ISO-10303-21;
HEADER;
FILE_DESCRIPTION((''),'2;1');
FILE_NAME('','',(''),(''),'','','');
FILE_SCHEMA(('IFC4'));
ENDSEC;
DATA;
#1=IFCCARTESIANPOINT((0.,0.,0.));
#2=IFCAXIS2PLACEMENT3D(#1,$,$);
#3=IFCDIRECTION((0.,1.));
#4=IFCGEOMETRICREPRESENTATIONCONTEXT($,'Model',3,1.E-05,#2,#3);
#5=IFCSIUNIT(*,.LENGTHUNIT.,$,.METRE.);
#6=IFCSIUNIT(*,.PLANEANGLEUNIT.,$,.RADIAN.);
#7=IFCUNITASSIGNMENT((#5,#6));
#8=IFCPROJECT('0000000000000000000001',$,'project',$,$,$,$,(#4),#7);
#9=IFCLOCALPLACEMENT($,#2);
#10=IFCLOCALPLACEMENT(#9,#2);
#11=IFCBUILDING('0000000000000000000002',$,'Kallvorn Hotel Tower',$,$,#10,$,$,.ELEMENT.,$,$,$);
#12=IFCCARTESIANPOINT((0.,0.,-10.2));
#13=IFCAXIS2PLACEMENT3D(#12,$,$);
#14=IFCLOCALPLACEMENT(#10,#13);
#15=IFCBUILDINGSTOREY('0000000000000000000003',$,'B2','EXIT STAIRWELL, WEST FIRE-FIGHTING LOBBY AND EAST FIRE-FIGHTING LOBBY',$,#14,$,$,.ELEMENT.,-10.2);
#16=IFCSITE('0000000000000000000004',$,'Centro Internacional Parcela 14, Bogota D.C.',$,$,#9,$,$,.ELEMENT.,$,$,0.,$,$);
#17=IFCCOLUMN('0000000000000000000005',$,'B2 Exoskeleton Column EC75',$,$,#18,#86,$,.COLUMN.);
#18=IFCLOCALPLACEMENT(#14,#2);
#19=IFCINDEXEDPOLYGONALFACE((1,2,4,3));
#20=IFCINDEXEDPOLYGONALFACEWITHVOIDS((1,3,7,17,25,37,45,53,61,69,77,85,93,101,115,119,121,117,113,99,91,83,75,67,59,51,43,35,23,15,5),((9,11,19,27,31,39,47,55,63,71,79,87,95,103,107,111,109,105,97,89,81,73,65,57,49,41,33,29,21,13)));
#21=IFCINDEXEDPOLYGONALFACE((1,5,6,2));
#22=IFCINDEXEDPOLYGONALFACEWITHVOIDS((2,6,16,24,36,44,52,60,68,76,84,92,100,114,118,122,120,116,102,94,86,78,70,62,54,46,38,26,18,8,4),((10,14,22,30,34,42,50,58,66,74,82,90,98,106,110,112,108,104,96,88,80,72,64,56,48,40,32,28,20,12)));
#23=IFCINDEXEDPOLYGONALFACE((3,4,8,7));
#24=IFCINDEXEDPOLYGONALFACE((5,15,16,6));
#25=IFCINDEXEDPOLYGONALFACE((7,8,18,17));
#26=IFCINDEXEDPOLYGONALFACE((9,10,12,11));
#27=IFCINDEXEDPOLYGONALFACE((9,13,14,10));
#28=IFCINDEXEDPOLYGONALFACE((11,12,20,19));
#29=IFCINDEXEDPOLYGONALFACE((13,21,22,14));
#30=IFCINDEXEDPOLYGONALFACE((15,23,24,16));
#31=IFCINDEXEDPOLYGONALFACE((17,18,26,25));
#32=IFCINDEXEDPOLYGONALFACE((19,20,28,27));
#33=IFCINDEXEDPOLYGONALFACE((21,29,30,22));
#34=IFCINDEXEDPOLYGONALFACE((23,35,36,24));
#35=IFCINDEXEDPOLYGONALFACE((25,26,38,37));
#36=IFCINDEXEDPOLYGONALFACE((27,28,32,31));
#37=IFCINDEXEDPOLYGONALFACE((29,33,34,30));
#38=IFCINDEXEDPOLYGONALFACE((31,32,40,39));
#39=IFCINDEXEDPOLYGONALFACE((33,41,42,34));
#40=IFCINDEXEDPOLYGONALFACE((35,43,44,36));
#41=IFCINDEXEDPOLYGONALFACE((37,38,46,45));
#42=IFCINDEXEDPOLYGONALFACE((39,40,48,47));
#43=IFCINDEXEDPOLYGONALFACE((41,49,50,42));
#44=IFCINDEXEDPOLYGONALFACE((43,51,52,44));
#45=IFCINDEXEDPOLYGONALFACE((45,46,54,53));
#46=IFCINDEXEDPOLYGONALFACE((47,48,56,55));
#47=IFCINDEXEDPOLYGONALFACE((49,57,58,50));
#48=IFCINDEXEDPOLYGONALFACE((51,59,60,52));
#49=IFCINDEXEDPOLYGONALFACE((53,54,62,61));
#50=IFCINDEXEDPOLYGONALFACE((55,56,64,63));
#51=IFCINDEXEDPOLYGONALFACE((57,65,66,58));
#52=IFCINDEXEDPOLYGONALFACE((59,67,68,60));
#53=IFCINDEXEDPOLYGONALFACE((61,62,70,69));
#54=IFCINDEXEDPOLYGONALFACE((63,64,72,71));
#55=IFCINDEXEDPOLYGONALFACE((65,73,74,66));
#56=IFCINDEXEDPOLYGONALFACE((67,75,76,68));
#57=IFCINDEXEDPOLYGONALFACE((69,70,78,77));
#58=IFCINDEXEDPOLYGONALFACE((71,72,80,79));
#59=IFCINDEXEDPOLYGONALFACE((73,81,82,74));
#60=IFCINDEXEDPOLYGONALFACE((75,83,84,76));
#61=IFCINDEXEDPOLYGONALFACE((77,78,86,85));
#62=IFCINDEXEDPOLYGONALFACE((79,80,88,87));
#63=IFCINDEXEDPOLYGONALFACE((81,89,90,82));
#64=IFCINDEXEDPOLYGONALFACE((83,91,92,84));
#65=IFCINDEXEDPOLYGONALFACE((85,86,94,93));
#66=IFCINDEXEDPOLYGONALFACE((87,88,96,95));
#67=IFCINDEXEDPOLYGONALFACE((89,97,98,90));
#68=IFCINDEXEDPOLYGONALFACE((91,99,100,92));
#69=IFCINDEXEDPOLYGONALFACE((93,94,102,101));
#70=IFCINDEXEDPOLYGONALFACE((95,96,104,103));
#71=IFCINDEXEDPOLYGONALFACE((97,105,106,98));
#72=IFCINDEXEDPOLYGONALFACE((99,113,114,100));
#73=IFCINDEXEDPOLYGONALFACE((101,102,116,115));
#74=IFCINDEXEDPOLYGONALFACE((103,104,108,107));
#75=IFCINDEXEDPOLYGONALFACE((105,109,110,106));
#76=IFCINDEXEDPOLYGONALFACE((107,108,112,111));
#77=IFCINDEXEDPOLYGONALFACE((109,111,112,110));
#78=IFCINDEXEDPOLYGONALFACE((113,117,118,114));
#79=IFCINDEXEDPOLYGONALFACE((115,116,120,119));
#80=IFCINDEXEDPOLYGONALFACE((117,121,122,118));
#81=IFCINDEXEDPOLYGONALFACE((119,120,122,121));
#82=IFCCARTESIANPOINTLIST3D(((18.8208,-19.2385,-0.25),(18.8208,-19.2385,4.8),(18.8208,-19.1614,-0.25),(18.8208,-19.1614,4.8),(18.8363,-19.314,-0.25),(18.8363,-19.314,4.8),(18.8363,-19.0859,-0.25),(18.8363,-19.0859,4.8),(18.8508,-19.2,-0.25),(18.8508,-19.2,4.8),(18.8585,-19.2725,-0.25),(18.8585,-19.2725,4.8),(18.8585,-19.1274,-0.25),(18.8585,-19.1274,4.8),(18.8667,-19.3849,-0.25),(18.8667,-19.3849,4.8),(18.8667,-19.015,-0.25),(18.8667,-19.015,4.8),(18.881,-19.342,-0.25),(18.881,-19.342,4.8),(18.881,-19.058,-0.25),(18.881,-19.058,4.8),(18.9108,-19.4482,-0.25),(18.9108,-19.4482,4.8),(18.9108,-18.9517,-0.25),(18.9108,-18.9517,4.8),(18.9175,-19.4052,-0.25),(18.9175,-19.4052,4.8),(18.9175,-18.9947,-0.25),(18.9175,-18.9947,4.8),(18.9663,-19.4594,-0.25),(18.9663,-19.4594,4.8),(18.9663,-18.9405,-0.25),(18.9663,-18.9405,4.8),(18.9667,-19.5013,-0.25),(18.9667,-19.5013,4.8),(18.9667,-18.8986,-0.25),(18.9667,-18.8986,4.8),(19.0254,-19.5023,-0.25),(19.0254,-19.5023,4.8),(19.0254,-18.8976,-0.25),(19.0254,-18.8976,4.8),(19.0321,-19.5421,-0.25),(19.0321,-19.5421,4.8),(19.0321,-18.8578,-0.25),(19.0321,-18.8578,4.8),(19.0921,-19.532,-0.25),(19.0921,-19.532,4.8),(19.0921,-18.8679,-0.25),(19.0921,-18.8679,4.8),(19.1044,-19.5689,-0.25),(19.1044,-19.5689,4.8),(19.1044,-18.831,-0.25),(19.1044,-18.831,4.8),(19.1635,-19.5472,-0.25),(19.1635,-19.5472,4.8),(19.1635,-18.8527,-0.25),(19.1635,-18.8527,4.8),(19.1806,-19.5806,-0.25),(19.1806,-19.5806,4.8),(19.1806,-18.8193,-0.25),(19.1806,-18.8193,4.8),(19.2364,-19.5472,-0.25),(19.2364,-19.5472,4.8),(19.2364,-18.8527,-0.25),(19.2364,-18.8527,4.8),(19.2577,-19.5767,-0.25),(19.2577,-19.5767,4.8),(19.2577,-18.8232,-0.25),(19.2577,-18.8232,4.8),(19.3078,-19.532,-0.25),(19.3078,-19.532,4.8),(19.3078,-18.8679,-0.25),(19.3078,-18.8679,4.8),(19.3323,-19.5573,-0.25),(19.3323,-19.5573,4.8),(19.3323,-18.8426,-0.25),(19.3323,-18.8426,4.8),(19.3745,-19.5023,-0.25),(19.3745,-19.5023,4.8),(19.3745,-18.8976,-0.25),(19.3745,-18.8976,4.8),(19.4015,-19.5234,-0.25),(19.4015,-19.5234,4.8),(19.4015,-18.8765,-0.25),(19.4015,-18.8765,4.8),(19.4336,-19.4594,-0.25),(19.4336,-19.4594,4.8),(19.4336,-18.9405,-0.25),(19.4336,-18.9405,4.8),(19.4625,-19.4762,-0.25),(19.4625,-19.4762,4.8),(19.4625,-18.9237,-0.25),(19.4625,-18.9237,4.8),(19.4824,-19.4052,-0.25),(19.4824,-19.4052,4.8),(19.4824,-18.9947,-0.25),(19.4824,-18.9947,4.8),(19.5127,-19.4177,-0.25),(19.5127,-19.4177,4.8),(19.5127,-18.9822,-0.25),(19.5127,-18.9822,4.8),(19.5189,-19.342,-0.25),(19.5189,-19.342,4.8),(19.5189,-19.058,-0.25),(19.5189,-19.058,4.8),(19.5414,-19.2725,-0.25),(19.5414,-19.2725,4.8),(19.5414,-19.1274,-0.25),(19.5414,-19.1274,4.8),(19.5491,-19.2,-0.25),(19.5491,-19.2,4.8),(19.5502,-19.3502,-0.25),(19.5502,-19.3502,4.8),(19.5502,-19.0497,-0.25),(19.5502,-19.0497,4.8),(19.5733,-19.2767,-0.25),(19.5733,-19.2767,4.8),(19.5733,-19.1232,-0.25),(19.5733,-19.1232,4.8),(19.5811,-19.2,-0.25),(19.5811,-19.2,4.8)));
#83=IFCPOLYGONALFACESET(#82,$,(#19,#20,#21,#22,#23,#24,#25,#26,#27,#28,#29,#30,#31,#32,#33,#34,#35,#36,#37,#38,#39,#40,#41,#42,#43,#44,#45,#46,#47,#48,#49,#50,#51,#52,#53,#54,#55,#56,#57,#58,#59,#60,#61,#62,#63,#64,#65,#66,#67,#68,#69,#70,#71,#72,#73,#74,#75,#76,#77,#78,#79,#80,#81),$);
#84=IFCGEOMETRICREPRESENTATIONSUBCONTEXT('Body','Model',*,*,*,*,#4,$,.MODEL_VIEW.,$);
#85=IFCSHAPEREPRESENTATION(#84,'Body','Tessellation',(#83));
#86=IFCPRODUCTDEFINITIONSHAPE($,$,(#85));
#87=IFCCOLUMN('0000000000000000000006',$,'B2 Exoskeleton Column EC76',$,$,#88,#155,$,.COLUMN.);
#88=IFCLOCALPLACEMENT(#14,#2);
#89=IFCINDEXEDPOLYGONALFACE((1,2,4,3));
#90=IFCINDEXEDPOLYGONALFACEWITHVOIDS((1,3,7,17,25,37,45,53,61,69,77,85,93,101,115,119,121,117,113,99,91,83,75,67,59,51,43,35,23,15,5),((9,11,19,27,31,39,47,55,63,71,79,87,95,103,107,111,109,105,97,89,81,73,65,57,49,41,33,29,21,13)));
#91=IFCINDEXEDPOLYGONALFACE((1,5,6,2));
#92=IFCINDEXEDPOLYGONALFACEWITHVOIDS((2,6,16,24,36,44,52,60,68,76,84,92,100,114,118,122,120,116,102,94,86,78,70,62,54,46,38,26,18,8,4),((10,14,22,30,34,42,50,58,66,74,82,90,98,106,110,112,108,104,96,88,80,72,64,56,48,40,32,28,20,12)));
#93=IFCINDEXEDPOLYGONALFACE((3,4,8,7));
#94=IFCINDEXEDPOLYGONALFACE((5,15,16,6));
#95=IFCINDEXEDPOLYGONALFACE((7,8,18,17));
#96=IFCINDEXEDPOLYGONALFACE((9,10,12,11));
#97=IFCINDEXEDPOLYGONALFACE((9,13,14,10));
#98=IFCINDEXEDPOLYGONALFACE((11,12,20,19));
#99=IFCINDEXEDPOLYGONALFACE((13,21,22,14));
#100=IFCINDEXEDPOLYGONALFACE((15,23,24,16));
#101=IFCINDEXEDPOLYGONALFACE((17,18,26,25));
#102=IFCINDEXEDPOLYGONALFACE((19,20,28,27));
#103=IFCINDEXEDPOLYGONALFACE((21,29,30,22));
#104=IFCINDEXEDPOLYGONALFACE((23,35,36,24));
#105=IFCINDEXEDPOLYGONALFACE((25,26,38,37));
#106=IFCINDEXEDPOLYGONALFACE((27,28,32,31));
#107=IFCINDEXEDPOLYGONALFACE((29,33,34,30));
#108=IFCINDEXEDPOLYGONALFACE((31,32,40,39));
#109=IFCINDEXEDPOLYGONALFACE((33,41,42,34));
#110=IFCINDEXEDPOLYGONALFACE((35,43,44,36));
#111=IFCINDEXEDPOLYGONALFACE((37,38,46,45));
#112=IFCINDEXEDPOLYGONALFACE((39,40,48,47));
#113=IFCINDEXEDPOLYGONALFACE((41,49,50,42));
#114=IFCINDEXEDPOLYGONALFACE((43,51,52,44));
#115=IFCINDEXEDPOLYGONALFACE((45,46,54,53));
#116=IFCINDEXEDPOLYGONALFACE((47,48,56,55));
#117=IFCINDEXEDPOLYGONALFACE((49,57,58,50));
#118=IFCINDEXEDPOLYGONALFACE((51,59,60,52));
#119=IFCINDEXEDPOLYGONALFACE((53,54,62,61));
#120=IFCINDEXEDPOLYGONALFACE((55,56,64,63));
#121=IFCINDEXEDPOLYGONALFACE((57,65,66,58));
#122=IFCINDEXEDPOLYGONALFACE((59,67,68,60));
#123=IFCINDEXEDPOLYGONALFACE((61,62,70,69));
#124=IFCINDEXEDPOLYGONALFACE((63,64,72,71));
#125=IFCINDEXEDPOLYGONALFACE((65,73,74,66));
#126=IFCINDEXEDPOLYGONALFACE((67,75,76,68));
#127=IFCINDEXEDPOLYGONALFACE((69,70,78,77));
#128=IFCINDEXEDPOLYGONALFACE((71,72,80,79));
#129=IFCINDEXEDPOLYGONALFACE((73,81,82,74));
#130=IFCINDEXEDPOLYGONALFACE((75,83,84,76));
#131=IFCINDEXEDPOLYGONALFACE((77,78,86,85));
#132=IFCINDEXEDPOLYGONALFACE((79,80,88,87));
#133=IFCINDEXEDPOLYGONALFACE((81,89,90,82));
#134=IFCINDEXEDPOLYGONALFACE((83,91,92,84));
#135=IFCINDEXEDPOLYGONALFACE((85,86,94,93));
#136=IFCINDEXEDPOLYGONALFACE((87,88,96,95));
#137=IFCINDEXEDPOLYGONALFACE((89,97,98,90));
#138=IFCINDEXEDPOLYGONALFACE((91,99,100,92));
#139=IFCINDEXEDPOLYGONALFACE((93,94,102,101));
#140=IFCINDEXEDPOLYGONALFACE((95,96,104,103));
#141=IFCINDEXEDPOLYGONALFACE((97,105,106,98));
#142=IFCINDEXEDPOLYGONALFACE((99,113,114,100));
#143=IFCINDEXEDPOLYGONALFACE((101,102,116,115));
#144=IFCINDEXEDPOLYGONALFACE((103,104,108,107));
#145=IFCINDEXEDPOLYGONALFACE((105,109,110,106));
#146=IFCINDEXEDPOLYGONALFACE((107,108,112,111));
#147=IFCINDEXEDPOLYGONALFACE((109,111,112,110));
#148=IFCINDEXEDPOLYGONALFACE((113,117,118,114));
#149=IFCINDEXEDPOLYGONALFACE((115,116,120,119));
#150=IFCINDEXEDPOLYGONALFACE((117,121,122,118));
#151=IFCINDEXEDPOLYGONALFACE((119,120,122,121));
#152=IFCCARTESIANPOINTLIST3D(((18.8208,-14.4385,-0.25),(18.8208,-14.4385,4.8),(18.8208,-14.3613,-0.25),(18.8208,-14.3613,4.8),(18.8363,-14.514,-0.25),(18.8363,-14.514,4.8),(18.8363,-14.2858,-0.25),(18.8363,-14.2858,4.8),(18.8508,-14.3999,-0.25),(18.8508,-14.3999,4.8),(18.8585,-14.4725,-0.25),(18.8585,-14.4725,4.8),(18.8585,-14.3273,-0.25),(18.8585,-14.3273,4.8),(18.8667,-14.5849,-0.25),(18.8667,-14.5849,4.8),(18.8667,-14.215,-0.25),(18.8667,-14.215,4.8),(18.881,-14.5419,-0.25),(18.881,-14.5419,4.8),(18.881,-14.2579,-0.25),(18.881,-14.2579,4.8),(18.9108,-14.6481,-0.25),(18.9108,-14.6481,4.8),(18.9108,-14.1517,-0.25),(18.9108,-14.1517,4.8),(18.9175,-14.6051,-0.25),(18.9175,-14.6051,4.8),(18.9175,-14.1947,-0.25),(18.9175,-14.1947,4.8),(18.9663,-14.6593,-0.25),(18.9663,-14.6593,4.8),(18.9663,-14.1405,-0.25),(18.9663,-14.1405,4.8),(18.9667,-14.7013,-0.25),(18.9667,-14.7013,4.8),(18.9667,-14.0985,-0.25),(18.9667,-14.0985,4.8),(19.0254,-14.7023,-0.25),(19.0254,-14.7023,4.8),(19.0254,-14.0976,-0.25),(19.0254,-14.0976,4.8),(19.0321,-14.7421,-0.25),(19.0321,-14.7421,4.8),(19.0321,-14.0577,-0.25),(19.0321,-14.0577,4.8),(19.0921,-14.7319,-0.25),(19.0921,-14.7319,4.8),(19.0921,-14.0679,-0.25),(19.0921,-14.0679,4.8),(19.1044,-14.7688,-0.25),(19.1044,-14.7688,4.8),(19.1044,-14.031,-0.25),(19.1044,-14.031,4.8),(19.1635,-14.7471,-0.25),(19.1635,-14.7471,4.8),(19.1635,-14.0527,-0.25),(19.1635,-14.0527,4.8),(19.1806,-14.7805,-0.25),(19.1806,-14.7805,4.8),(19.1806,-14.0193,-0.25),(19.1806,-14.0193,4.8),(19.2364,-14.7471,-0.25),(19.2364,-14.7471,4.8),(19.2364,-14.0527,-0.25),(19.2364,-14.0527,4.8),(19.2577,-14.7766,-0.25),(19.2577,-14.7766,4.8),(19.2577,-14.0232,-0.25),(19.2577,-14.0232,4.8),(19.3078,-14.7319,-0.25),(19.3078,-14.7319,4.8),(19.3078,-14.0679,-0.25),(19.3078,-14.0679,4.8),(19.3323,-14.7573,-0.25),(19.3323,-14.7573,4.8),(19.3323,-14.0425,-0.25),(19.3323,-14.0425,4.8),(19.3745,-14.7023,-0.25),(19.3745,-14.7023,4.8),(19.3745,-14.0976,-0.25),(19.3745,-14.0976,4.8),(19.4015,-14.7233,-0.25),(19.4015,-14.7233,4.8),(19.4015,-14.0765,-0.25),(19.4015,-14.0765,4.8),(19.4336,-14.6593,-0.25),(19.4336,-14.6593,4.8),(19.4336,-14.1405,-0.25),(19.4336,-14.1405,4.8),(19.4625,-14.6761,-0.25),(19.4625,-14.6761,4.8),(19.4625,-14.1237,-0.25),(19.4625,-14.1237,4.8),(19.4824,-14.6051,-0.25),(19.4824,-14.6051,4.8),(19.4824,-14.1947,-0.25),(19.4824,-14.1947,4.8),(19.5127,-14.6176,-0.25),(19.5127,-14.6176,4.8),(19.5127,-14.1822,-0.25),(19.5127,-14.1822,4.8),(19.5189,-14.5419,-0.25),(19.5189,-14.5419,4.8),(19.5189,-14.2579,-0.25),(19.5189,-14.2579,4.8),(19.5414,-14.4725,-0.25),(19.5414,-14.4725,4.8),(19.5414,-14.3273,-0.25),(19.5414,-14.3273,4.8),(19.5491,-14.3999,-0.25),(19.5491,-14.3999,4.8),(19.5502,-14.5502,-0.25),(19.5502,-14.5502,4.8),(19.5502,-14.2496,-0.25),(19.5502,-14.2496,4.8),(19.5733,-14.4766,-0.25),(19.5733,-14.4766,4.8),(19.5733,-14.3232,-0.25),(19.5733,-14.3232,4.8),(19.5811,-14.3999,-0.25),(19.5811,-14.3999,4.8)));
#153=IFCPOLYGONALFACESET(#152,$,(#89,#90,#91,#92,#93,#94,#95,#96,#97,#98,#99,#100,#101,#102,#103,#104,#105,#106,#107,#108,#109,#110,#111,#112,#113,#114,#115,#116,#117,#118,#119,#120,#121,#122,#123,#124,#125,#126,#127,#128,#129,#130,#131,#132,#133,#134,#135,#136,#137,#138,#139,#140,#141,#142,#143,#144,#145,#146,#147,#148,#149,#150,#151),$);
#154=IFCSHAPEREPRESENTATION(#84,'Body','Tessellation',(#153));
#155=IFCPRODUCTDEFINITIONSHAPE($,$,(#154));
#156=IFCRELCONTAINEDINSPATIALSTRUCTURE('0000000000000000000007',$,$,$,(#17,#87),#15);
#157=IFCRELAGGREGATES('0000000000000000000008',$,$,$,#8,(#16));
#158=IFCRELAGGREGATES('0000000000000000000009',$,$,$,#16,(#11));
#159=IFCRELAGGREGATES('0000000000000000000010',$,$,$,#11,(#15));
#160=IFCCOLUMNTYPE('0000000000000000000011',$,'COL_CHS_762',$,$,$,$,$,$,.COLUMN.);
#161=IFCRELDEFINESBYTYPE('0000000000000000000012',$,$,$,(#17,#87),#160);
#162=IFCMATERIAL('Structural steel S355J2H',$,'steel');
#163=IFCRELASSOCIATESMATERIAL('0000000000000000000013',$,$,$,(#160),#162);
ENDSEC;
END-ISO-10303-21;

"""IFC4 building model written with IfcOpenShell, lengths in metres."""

from ifc_helpers import new_model, si_unit, direction, frame, origin, origin_2d, place, context, subcontext, project, spatial, hollow_circle, extrude, material, material_profile, profile_set, type_object, element, save


model = new_model("IFC4")

# Units and contexts
model_context = context("Model", 3, precision=1e-05, world=origin(), true_north=direction((0.0, 1.0)))
body_context = subcontext(model_context, "Body", "Model", "MODEL_VIEW")
ifc_project = project(units=[si_unit("LENGTHUNIT", "METRE"), si_unit("PLANEANGLEUNIT", "RADIAN")], contexts=[model_context])

# Site, building, storey
site_placement = place(None, origin())
site = spatial("IfcSite", under=ifc_project, at=site_placement, Name="Centro Internacional Parcela 14, Bogota D.C.", CompositionType="ELEMENT", RefElevation=0.0)
building_placement = place(site_placement, origin())
building = spatial("IfcBuilding", under=site, at=building_placement, Name="Kallvorn Hotel Tower", CompositionType="ELEMENT")
storey_placement = place(building_placement, frame((0.0, 0.0, -10.2)))
storey = spatial("IfcBuildingStorey", under=building, at=storey_placement, Name="B2", Description="EXIT STAIRWELL, WEST FIRE-FIGHTING LOBBY AND EAST FIRE-FIGHTING LOBBY", CompositionType="ELEMENT", Elevation=-10.2)

# Columns
ifc_material_1 = material(Name="Structural steel S355J2H", Category="steel")
ifc_material_profile_1 = material_profile(ifc_material_1, hollow_circle(Radius=0.3811, WallThickness=0.032, at=origin_2d()), Name="CHS 762x32")
ifc_profile_set_1 = profile_set([ifc_material_profile_1], Name="Structural steel S355J2H")
column_type_1 = type_object("IfcColumnType", Name="COL_CHS_762", PredefinedType="COLUMN", material=ifc_profile_set_1)
for number, where, z_axis, x_axis, name in (
    (1, (19.2, -19.2, -0.25), (0.0, 0.0, 1.0), (1.0, 0.0, 0.0), "B2 Exoskeleton Column EC75"),
    (2, (19.2, -14.3999, -0.25), (0.0, 0.0, 1.0), (1.0, 0.0, 0.0), "B2 Exoskeleton Column EC76"),
):
    element("IfcColumn", number, at=place(storey_placement, frame(where, z_axis=z_axis, x_axis=x_axis)), inside=storey, type_object=column_type_1, Name=name, PredefinedType="COLUMN", context=body_context, shape_type="SweptSolid", body=[
        extrude(hollow_circle(Radius=0.3811, WallThickness=0.032, at=origin_2d()), origin(), (0.0, 0.0, 1.0), 5.05),
    ])

save(model, "model.ifc")
